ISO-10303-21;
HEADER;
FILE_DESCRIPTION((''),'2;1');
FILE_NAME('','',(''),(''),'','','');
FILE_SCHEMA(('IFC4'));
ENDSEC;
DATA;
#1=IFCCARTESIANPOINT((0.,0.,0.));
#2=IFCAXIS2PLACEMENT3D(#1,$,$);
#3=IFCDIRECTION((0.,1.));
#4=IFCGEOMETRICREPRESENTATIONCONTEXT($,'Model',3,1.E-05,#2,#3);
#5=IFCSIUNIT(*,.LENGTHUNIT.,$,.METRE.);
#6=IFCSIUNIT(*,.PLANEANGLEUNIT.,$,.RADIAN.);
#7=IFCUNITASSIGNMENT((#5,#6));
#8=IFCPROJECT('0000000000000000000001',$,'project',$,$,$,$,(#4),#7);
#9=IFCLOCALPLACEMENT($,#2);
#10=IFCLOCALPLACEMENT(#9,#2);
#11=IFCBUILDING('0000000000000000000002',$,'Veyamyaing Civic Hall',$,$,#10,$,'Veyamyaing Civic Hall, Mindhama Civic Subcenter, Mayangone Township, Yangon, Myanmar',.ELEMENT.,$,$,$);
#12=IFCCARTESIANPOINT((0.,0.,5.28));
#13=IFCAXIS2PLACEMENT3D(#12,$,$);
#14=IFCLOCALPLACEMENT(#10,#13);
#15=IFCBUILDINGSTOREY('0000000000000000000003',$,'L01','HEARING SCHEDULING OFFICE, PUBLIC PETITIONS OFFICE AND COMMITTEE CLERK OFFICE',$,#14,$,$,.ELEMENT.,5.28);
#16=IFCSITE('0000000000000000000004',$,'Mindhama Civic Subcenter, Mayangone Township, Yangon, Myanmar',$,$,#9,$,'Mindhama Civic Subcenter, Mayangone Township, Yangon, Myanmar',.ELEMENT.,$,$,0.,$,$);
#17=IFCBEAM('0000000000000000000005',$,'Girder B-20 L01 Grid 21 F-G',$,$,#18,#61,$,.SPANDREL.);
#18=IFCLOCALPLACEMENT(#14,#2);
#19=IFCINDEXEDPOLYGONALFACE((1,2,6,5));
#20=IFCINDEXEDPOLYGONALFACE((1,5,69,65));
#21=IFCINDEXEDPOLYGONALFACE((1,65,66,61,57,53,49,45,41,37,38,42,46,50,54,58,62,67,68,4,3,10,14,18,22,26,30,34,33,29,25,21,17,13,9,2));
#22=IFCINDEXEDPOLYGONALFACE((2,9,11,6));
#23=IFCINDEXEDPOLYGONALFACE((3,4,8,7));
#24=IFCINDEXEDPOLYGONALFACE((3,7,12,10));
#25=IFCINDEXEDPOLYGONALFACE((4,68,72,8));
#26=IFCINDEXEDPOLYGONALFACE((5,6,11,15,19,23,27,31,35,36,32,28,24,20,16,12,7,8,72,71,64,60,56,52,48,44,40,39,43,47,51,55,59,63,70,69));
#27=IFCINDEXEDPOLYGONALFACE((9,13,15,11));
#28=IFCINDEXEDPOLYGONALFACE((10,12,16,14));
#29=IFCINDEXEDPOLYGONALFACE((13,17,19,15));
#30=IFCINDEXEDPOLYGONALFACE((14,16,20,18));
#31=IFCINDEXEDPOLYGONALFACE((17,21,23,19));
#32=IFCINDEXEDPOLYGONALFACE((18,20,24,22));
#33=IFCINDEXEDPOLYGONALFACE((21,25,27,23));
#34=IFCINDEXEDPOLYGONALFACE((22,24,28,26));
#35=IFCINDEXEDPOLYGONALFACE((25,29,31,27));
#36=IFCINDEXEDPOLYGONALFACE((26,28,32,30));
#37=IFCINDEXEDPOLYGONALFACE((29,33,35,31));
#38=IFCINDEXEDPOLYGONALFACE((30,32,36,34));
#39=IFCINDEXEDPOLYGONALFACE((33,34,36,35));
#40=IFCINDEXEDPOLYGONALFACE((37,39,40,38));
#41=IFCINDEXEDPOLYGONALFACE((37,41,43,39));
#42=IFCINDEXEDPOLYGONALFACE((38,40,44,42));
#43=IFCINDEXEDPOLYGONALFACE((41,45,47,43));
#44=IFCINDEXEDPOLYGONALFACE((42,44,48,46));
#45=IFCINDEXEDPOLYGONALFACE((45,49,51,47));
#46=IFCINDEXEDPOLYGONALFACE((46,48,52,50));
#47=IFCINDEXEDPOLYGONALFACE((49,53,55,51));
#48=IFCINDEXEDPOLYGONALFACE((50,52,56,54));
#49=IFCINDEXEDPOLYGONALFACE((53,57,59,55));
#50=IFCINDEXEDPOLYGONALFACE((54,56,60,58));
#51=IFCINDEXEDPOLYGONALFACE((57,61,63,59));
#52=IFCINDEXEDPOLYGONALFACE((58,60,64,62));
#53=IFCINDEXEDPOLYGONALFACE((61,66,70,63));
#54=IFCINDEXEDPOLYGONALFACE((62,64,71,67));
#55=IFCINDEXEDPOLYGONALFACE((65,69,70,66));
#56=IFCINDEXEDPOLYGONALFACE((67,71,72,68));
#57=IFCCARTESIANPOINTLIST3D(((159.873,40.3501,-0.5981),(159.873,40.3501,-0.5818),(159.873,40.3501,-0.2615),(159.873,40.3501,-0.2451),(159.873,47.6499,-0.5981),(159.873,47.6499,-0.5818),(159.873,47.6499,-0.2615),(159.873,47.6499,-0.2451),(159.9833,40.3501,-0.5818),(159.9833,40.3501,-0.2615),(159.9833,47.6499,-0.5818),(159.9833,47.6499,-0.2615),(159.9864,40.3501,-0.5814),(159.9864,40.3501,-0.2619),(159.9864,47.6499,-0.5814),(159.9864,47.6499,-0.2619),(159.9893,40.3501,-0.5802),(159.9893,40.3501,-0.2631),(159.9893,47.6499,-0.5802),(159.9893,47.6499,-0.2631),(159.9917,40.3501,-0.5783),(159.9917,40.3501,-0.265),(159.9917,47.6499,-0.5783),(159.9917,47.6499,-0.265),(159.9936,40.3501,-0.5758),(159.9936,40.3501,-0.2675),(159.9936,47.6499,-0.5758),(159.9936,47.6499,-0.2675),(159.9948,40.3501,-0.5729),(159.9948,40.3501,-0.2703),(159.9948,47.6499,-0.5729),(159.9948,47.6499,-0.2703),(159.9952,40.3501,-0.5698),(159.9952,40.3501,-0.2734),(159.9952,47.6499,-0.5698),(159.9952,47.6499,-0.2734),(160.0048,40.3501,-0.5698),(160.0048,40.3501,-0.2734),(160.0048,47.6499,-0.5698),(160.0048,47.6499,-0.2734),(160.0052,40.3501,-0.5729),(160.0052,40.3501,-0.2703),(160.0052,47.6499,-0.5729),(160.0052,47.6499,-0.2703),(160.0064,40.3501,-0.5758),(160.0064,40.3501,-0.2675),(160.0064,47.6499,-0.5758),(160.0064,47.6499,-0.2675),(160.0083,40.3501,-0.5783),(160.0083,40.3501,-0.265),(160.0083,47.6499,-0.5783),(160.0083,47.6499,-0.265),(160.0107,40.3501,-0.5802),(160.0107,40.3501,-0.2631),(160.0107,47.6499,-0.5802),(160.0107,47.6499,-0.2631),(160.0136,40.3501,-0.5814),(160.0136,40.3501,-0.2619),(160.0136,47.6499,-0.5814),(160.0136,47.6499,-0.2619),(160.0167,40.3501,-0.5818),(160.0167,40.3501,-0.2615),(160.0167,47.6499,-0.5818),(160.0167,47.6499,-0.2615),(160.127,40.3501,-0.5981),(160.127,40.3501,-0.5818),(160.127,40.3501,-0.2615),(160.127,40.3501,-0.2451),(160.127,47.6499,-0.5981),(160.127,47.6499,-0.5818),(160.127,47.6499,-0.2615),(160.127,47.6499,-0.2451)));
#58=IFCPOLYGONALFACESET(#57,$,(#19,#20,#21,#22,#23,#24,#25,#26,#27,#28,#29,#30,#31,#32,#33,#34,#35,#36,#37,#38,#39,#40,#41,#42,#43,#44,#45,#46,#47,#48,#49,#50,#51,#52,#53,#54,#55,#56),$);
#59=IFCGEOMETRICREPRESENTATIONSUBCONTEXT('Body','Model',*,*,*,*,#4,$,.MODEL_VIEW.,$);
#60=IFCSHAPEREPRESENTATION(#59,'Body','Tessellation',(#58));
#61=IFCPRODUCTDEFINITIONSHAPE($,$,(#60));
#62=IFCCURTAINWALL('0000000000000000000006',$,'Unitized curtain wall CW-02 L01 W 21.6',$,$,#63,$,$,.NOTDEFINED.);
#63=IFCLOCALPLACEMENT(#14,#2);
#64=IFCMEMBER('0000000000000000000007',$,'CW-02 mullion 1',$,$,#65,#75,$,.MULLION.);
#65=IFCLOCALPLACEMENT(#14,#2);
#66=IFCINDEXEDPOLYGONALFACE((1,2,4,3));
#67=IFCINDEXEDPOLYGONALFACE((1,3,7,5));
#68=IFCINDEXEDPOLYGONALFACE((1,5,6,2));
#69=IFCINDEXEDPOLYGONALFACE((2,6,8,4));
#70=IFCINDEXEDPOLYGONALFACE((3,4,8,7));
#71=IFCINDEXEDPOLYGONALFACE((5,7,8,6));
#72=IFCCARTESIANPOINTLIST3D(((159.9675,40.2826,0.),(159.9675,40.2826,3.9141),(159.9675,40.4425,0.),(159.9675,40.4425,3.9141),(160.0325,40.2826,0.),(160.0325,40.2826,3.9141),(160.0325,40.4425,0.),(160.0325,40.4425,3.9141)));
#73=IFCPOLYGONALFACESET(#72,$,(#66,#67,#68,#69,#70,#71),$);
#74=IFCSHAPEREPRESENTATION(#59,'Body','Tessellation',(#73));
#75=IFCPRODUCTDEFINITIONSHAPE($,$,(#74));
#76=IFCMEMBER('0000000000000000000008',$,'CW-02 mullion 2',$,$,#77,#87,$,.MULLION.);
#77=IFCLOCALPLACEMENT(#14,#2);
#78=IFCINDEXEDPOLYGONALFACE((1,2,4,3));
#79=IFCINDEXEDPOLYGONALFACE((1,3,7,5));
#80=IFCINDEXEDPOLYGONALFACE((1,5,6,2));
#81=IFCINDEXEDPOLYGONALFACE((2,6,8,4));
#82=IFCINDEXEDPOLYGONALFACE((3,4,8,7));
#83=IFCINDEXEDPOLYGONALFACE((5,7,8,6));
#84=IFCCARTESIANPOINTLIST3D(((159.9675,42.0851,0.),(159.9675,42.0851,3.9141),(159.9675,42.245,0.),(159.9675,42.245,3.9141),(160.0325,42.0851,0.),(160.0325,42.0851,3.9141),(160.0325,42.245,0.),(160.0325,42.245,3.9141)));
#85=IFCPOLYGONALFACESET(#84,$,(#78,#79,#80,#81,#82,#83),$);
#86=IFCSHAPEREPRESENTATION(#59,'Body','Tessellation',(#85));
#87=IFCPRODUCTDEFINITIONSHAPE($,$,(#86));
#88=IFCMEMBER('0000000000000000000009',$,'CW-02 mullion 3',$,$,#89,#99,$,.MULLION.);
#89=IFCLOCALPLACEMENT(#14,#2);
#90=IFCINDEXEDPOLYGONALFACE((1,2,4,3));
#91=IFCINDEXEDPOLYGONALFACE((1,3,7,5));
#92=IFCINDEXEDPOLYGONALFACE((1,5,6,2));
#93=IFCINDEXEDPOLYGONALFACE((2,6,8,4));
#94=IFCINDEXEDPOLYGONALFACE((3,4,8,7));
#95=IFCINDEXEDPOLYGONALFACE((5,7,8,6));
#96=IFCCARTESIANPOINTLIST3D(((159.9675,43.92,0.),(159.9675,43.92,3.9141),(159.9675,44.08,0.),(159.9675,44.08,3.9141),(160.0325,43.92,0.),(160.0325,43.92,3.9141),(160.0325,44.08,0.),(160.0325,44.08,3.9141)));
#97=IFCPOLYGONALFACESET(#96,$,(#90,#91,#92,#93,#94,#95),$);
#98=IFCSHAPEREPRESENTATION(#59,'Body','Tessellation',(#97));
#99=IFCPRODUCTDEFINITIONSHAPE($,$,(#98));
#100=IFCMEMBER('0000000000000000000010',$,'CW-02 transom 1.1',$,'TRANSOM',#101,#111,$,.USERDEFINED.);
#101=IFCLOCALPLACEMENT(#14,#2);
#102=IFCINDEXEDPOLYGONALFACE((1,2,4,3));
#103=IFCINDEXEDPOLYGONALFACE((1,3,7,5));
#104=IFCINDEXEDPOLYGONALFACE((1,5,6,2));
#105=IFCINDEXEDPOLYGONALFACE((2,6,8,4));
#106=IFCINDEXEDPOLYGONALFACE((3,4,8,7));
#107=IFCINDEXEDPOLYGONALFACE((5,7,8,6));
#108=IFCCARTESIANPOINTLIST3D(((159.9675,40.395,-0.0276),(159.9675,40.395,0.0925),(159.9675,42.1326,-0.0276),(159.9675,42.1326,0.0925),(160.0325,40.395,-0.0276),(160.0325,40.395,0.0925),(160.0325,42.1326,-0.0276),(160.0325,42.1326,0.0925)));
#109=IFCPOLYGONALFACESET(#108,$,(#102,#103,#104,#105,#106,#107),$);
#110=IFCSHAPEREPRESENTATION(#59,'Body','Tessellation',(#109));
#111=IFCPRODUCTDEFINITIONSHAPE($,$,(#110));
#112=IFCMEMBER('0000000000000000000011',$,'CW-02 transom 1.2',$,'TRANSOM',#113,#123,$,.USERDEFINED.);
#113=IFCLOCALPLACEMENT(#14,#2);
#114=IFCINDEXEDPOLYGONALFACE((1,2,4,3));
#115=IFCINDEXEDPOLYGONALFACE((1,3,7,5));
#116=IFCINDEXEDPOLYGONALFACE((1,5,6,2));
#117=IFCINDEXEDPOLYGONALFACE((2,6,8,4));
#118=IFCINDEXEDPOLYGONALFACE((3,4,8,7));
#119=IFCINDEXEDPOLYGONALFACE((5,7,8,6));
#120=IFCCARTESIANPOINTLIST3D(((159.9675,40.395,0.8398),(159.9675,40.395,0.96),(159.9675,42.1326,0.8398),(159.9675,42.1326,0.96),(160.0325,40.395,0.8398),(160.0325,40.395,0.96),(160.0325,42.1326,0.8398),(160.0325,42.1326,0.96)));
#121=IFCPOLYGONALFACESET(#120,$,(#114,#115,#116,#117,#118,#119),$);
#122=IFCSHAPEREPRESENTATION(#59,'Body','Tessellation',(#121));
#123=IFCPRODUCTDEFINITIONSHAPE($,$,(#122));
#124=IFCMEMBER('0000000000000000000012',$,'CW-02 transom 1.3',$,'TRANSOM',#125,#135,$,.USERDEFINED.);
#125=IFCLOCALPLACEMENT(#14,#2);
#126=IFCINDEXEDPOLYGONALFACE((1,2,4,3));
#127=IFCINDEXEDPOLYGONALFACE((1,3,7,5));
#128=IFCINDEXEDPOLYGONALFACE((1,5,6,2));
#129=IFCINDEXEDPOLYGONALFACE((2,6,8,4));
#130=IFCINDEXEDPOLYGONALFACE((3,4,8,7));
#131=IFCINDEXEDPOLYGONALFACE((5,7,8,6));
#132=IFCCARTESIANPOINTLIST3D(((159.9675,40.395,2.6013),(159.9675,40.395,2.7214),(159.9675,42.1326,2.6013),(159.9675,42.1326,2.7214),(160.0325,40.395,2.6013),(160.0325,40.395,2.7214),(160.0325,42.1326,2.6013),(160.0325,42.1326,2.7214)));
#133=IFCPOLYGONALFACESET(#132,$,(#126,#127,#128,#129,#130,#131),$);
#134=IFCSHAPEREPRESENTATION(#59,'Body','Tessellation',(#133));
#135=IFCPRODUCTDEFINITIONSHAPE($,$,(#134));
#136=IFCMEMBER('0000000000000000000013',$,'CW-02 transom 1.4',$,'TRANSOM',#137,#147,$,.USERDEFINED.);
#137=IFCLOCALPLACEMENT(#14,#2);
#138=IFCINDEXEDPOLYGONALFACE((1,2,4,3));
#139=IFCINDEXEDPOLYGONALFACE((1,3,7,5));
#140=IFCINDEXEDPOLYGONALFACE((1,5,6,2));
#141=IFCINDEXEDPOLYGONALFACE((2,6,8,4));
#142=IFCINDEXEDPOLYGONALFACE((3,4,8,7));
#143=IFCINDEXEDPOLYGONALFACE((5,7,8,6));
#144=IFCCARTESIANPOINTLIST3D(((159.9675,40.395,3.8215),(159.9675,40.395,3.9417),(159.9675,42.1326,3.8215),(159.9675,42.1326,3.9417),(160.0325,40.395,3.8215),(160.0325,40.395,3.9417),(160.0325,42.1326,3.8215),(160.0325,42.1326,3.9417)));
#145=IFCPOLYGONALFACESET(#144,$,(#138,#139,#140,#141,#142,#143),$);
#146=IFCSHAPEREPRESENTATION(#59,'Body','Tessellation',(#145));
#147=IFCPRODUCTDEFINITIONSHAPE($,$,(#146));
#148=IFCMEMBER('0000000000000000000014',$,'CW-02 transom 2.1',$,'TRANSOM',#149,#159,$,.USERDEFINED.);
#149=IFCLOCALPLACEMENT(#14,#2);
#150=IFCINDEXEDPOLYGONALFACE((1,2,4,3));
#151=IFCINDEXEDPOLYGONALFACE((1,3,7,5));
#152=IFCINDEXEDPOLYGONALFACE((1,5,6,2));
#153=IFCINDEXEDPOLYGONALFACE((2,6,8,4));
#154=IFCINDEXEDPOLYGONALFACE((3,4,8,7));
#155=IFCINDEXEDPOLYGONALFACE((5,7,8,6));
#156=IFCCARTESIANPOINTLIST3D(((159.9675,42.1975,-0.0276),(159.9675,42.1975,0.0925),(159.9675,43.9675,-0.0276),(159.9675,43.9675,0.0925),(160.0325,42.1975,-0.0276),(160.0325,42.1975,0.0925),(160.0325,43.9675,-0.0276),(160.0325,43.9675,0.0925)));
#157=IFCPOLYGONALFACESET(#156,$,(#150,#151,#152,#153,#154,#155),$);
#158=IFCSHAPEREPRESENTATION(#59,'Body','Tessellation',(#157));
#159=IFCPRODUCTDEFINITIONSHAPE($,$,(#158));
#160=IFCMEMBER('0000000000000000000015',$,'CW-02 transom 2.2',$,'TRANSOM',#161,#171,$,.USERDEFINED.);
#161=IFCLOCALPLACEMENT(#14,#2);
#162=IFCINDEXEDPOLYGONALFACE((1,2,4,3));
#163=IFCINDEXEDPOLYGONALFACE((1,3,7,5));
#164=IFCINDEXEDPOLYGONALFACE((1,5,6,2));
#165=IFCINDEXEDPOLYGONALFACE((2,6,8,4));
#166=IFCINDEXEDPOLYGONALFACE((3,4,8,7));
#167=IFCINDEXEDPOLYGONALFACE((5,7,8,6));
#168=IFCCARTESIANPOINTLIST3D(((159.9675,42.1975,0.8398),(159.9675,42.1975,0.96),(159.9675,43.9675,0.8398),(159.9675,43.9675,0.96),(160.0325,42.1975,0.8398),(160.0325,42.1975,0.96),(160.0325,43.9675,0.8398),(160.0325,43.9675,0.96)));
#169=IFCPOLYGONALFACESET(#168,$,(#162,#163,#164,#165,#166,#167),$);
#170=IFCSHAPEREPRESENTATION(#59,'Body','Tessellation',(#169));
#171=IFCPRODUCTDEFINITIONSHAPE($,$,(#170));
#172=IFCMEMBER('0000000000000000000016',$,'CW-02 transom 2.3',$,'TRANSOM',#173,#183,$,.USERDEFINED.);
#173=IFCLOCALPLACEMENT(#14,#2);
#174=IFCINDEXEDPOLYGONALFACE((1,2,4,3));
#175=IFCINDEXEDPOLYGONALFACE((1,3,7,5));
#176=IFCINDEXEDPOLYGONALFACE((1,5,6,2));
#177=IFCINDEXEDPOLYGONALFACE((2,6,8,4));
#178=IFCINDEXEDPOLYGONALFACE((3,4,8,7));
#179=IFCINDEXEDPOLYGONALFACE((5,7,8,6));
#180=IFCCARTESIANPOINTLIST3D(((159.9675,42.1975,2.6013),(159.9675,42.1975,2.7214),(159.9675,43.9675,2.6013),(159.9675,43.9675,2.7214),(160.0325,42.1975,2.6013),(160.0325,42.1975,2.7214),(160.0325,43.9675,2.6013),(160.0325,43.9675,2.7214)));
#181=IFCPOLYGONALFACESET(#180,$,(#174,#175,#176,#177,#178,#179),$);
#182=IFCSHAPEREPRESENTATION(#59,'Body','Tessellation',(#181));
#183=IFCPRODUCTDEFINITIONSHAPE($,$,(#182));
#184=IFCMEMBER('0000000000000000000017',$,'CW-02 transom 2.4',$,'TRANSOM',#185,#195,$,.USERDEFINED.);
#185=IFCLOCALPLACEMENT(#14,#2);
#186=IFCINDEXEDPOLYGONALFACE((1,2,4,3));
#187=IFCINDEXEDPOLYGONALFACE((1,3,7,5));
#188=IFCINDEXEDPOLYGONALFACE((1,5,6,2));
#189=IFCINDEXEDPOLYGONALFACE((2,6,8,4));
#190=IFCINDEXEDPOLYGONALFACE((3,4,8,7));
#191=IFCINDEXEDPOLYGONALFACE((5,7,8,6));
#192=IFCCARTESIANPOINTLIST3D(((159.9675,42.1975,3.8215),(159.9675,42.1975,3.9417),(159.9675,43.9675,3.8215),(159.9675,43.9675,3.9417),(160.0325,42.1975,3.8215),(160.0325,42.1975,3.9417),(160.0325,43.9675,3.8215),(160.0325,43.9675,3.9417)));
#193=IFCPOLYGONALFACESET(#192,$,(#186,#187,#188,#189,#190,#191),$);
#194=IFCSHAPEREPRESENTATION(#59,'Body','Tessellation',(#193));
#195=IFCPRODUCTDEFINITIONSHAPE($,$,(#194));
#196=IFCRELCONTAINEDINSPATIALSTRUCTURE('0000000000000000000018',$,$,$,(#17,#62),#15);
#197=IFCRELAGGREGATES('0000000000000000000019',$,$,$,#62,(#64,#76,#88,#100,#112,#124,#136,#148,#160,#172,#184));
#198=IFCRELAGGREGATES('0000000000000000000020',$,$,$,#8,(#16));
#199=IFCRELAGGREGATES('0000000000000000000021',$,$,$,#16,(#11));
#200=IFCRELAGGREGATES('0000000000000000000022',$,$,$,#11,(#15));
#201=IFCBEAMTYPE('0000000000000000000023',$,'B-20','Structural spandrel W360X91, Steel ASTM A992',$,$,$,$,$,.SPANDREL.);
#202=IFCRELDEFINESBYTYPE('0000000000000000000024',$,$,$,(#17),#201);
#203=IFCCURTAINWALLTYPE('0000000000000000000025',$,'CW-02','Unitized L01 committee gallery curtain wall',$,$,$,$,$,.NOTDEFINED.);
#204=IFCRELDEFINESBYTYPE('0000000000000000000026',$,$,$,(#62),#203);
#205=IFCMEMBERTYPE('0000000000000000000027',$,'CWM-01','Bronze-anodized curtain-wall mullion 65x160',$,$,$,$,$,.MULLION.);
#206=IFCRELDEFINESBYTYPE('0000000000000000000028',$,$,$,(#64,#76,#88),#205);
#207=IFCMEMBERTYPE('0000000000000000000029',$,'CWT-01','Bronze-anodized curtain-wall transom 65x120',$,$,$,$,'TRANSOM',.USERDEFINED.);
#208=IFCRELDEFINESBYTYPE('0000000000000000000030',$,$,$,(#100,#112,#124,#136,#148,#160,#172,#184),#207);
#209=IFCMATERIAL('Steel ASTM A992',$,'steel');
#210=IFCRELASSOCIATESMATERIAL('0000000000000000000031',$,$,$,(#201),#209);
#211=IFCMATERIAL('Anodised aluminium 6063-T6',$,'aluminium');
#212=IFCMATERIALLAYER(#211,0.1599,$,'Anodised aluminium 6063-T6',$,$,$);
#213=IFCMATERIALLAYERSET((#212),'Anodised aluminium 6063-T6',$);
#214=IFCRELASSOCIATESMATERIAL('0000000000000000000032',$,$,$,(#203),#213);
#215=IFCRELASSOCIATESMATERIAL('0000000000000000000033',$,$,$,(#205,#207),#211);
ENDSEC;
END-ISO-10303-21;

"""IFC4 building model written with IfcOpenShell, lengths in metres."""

from ifc_helpers import new_model, si_unit, direction, frame, origin, origin_2d, place, context, subcontext, project, spatial, rectangle, i_section, extrude, material, layer, layer_set, material_profile, profile_set, type_object, element, aggregate, save


model = new_model("IFC4")

# Units and contexts
model_context = context("Model", 3, precision=1e-05, world=origin(), true_north=direction((0.0, 1.0)))
body_context = subcontext(model_context, "Body", "Model", "MODEL_VIEW")
ifc_project = project(units=[si_unit("LENGTHUNIT", "METRE"), si_unit("PLANEANGLEUNIT", "RADIAN")], contexts=[model_context])

# Site, building, storey
site_placement = place(None, origin())
site = spatial("IfcSite", under=ifc_project, at=site_placement, Name="Mindhama Civic Subcenter, Mayangone Township, Yangon, Myanmar", LongName="Mindhama Civic Subcenter, Mayangone Township, Yangon, Myanmar", CompositionType="ELEMENT", RefElevation=0.0)
building_placement = place(site_placement, origin())
building = spatial("IfcBuilding", under=site, at=building_placement, Name="Veyamyaing Civic Hall", LongName="Veyamyaing Civic Hall, Mindhama Civic Subcenter, Mayangone Township, Yangon, Myanmar", CompositionType="ELEMENT")
storey_placement = place(building_placement, frame((0.0, 0.0, 5.28)))
storey = spatial("IfcBuildingStorey", under=building, at=storey_placement, Name="L01", Description="HEARING SCHEDULING OFFICE, PUBLIC PETITIONS OFFICE AND COMMITTEE CLERK OFFICE", CompositionType="ELEMENT", Elevation=5.28)

# Beam
ifc_material_1 = material(Name="Steel ASTM A992", Category="steel")
ifc_material_profile_1 = material_profile(ifc_material_1, i_section(OverallWidth=0.2539, OverallDepth=0.353, WebThickness=0.0095, FlangeThickness=0.0164, FilletRadius=0.012, at=origin_2d()), Name="W360X91")
ifc_profile_set_1 = profile_set([ifc_material_profile_1], Name="Steel ASTM A992")
beam_type_1 = type_object("IfcBeamType", Name="B-20", Description="Structural spandrel W360X91, Steel ASTM A992", PredefinedType="SPANDREL", material=ifc_profile_set_1)
beam_1_placement = place(storey_placement, frame((160.0, 40.3501, -0.4216), z_axis=(0.0, 1.0, 0.0), x_axis=(-1.0, 0.0, 0.0)))
element("IfcBeam", 1, at=beam_1_placement, inside=storey, type_object=beam_type_1, Name="Girder B-20 L01 Grid 21 F-G", PredefinedType="SPANDREL", context=body_context, shape_type="SweptSolid", body=[
    extrude(i_section(OverallWidth=0.2539, OverallDepth=0.353, WebThickness=0.0095, FlangeThickness=0.0164, FilletRadius=0.012, at=origin_2d()), origin(), (0.0, 0.0, 1.0), 7.2998),
])

# Curtain wall, members
ifc_material_2 = material(Name="Anodised aluminium 6063-T6", Category="aluminium")
ifc_layer_1 = layer(ifc_material_2, 0.1599, Name="Anodised aluminium 6063-T6")
ifc_layer_set_1 = layer_set([ifc_layer_1], Name="Anodised aluminium 6063-T6")
curtain_wall_type = type_object("IfcCurtainWallType", Name="CW-02", Description="Unitized L01 committee gallery curtain wall", PredefinedType="NOTDEFINED", material=ifc_layer_set_1)
curtain_wall_placement = place(storey_placement, origin())
curtain_wall = element("IfcCurtainWall", 2, at=curtain_wall_placement, inside=storey, type_object=curtain_wall_type, Name="Unitized curtain wall CW-02 L01 W 21.6", PredefinedType="NOTDEFINED")
ifc_material_profile_2 = material_profile(ifc_material_2, rectangle(XDim=0.0649, YDim=0.1599, at=origin_2d()), Name="ALU-MUL-65X160")
ifc_profile_set_2 = profile_set([ifc_material_profile_2], Name="Anodised aluminium 6063-T6")
member_type_1 = type_object("IfcMemberType", Name="CWM-01", Description="Bronze-anodized curtain-wall mullion 65x160", PredefinedType="MULLION", material=ifc_profile_set_2)
member_1_placement = place(storey_placement, frame((160.0, 40.3625, 0.0), z_axis=(0.0, 0.0, 1.0), x_axis=(-1.0, 0.0, 0.0)))
member_1 = element("IfcMember", 3, at=member_1_placement, type_object=member_type_1, Name="CW-02 mullion 1", PredefinedType="MULLION", context=body_context, shape_type="SweptSolid", body=[
    extrude(rectangle(XDim=0.0649, YDim=0.1599, at=origin_2d()), origin(), (0.0, 0.0, 1.0), 3.9141),
])
member_2_placement = place(storey_placement, frame((160.0, 42.165, 0.0), z_axis=(0.0, 0.0, 1.0), x_axis=(-1.0, 0.0, 0.0)))
member_2 = element("IfcMember", 4, at=member_2_placement, type_object=member_type_1, Name="CW-02 mullion 2", PredefinedType="MULLION", context=body_context, shape_type="SweptSolid", body=[
    extrude(rectangle(XDim=0.0649, YDim=0.1599, at=origin_2d()), origin(), (0.0, 0.0, 1.0), 3.9141),
])
member_3_placement = place(storey_placement, frame((160.0, 44.0, 0.0), z_axis=(0.0, 0.0, 1.0), x_axis=(-1.0, 0.0, 0.0)))
member_3 = element("IfcMember", 5, at=member_3_placement, type_object=member_type_1, Name="CW-02 mullion 3", PredefinedType="MULLION", context=body_context, shape_type="SweptSolid", body=[
    extrude(rectangle(XDim=0.0649, YDim=0.1599, at=origin_2d()), origin(), (0.0, 0.0, 1.0), 3.9141),
])
ifc_material_profile_3 = material_profile(ifc_material_2, rectangle(XDim=0.0649, YDim=0.1201, at=origin_2d()), Name="ALU-TRN-65X120")
ifc_profile_set_3 = profile_set([ifc_material_profile_3], Name="Anodised aluminium 6063-T6")
member_type_2 = type_object("IfcMemberType", Name="CWT-01", Description="Bronze-anodized curtain-wall transom 65x120", ElementType="TRANSOM", PredefinedType="USERDEFINED", material=ifc_profile_set_3)
member_4_placement = place(storey_placement, frame((160.0, 40.395, 0.0325), z_axis=(0.0, 1.0, 0.0), x_axis=(-1.0, 0.0, 0.0)))
member_4 = element("IfcMember", 6, at=member_4_placement, type_object=member_type_2, Name="CW-02 transom 1.1", ObjectType="TRANSOM", PredefinedType="USERDEFINED", context=body_context, shape_type="SweptSolid", body=[
    extrude(rectangle(XDim=0.0649, YDim=0.1201, at=origin_2d()), origin(), (0.0, 0.0, 1.0), 1.7375),
])
member_5_placement = place(storey_placement, frame((160.0, 40.395, 0.8999), z_axis=(0.0, 1.0, 0.0), x_axis=(-1.0, 0.0, 0.0)))
member_5 = element("IfcMember", 7, at=member_5_placement, type_object=member_type_2, Name="CW-02 transom 1.2", ObjectType="TRANSOM", PredefinedType="USERDEFINED", context=body_context, shape_type="SweptSolid", body=[
    extrude(rectangle(XDim=0.0649, YDim=0.1201, at=origin_2d()), origin(), (0.0, 0.0, 1.0), 1.7375),
])
member_6_placement = place(storey_placement, frame((160.0, 40.395, 2.6614), z_axis=(0.0, 1.0, 0.0), x_axis=(-1.0, 0.0, 0.0)))
member_6 = element("IfcMember", 8, at=member_6_placement, type_object=member_type_2, Name="CW-02 transom 1.3", ObjectType="TRANSOM", PredefinedType="USERDEFINED", context=body_context, shape_type="SweptSolid", body=[
    extrude(rectangle(XDim=0.0649, YDim=0.1201, at=origin_2d()), origin(), (0.0, 0.0, 1.0), 1.7375),
])
member_7_placement = place(storey_placement, frame((160.0, 40.395, 3.8816), z_axis=(0.0, 1.0, 0.0), x_axis=(-1.0, 0.0, 0.0)))
member_7 = element("IfcMember", 9, at=member_7_placement, type_object=member_type_2, Name="CW-02 transom 1.4", ObjectType="TRANSOM", PredefinedType="USERDEFINED", context=body_context, shape_type="SweptSolid", body=[
    extrude(rectangle(XDim=0.0649, YDim=0.1201, at=origin_2d()), origin(), (0.0, 0.0, 1.0), 1.7375),
])
member_8_placement = place(storey_placement, frame((160.0, 42.1975, 0.0325), z_axis=(0.0, 1.0, 0.0), x_axis=(-1.0, 0.0, 0.0)))
member_8 = element("IfcMember", 10, at=member_8_placement, type_object=member_type_2, Name="CW-02 transom 2.1", ObjectType="TRANSOM", PredefinedType="USERDEFINED", context=body_context, shape_type="SweptSolid", body=[
    extrude(rectangle(XDim=0.0649, YDim=0.1201, at=origin_2d()), origin(), (0.0, 0.0, 1.0), 1.77),
])
member_9_placement = place(storey_placement, frame((160.0, 42.1975, 0.8999), z_axis=(0.0, 1.0, 0.0), x_axis=(-1.0, 0.0, 0.0)))
member_9 = element("IfcMember", 11, at=member_9_placement, type_object=member_type_2, Name="CW-02 transom 2.2", ObjectType="TRANSOM", PredefinedType="USERDEFINED", context=body_context, shape_type="SweptSolid", body=[
    extrude(rectangle(XDim=0.0649, YDim=0.1201, at=origin_2d()), origin(), (0.0, 0.0, 1.0), 1.77),
])
member_10_placement = place(storey_placement, frame((160.0, 42.1975, 2.6614), z_axis=(0.0, 1.0, 0.0), x_axis=(-1.0, 0.0, 0.0)))
member_10 = element("IfcMember", 12, at=member_10_placement, type_object=member_type_2, Name="CW-02 transom 2.3", ObjectType="TRANSOM", PredefinedType="USERDEFINED", context=body_context, shape_type="SweptSolid", body=[
    extrude(rectangle(XDim=0.0649, YDim=0.1201, at=origin_2d()), origin(), (0.0, 0.0, 1.0), 1.77),
])
member_11_placement = place(storey_placement, frame((160.0, 42.1975, 3.8816), z_axis=(0.0, 1.0, 0.0), x_axis=(-1.0, 0.0, 0.0)))
member_11 = element("IfcMember", 13, at=member_11_placement, type_object=member_type_2, Name="CW-02 transom 2.4", ObjectType="TRANSOM", PredefinedType="USERDEFINED", context=body_context, shape_type="SweptSolid", body=[
    extrude(rectangle(XDim=0.0649, YDim=0.1201, at=origin_2d()), origin(), (0.0, 0.0, 1.0), 1.77),
])

aggregate(curtain_wall, [member_1, member_2, member_3, member_4, member_5, member_6, member_7, member_8, member_9, member_10, member_11])

save(model, "model.ifc")
